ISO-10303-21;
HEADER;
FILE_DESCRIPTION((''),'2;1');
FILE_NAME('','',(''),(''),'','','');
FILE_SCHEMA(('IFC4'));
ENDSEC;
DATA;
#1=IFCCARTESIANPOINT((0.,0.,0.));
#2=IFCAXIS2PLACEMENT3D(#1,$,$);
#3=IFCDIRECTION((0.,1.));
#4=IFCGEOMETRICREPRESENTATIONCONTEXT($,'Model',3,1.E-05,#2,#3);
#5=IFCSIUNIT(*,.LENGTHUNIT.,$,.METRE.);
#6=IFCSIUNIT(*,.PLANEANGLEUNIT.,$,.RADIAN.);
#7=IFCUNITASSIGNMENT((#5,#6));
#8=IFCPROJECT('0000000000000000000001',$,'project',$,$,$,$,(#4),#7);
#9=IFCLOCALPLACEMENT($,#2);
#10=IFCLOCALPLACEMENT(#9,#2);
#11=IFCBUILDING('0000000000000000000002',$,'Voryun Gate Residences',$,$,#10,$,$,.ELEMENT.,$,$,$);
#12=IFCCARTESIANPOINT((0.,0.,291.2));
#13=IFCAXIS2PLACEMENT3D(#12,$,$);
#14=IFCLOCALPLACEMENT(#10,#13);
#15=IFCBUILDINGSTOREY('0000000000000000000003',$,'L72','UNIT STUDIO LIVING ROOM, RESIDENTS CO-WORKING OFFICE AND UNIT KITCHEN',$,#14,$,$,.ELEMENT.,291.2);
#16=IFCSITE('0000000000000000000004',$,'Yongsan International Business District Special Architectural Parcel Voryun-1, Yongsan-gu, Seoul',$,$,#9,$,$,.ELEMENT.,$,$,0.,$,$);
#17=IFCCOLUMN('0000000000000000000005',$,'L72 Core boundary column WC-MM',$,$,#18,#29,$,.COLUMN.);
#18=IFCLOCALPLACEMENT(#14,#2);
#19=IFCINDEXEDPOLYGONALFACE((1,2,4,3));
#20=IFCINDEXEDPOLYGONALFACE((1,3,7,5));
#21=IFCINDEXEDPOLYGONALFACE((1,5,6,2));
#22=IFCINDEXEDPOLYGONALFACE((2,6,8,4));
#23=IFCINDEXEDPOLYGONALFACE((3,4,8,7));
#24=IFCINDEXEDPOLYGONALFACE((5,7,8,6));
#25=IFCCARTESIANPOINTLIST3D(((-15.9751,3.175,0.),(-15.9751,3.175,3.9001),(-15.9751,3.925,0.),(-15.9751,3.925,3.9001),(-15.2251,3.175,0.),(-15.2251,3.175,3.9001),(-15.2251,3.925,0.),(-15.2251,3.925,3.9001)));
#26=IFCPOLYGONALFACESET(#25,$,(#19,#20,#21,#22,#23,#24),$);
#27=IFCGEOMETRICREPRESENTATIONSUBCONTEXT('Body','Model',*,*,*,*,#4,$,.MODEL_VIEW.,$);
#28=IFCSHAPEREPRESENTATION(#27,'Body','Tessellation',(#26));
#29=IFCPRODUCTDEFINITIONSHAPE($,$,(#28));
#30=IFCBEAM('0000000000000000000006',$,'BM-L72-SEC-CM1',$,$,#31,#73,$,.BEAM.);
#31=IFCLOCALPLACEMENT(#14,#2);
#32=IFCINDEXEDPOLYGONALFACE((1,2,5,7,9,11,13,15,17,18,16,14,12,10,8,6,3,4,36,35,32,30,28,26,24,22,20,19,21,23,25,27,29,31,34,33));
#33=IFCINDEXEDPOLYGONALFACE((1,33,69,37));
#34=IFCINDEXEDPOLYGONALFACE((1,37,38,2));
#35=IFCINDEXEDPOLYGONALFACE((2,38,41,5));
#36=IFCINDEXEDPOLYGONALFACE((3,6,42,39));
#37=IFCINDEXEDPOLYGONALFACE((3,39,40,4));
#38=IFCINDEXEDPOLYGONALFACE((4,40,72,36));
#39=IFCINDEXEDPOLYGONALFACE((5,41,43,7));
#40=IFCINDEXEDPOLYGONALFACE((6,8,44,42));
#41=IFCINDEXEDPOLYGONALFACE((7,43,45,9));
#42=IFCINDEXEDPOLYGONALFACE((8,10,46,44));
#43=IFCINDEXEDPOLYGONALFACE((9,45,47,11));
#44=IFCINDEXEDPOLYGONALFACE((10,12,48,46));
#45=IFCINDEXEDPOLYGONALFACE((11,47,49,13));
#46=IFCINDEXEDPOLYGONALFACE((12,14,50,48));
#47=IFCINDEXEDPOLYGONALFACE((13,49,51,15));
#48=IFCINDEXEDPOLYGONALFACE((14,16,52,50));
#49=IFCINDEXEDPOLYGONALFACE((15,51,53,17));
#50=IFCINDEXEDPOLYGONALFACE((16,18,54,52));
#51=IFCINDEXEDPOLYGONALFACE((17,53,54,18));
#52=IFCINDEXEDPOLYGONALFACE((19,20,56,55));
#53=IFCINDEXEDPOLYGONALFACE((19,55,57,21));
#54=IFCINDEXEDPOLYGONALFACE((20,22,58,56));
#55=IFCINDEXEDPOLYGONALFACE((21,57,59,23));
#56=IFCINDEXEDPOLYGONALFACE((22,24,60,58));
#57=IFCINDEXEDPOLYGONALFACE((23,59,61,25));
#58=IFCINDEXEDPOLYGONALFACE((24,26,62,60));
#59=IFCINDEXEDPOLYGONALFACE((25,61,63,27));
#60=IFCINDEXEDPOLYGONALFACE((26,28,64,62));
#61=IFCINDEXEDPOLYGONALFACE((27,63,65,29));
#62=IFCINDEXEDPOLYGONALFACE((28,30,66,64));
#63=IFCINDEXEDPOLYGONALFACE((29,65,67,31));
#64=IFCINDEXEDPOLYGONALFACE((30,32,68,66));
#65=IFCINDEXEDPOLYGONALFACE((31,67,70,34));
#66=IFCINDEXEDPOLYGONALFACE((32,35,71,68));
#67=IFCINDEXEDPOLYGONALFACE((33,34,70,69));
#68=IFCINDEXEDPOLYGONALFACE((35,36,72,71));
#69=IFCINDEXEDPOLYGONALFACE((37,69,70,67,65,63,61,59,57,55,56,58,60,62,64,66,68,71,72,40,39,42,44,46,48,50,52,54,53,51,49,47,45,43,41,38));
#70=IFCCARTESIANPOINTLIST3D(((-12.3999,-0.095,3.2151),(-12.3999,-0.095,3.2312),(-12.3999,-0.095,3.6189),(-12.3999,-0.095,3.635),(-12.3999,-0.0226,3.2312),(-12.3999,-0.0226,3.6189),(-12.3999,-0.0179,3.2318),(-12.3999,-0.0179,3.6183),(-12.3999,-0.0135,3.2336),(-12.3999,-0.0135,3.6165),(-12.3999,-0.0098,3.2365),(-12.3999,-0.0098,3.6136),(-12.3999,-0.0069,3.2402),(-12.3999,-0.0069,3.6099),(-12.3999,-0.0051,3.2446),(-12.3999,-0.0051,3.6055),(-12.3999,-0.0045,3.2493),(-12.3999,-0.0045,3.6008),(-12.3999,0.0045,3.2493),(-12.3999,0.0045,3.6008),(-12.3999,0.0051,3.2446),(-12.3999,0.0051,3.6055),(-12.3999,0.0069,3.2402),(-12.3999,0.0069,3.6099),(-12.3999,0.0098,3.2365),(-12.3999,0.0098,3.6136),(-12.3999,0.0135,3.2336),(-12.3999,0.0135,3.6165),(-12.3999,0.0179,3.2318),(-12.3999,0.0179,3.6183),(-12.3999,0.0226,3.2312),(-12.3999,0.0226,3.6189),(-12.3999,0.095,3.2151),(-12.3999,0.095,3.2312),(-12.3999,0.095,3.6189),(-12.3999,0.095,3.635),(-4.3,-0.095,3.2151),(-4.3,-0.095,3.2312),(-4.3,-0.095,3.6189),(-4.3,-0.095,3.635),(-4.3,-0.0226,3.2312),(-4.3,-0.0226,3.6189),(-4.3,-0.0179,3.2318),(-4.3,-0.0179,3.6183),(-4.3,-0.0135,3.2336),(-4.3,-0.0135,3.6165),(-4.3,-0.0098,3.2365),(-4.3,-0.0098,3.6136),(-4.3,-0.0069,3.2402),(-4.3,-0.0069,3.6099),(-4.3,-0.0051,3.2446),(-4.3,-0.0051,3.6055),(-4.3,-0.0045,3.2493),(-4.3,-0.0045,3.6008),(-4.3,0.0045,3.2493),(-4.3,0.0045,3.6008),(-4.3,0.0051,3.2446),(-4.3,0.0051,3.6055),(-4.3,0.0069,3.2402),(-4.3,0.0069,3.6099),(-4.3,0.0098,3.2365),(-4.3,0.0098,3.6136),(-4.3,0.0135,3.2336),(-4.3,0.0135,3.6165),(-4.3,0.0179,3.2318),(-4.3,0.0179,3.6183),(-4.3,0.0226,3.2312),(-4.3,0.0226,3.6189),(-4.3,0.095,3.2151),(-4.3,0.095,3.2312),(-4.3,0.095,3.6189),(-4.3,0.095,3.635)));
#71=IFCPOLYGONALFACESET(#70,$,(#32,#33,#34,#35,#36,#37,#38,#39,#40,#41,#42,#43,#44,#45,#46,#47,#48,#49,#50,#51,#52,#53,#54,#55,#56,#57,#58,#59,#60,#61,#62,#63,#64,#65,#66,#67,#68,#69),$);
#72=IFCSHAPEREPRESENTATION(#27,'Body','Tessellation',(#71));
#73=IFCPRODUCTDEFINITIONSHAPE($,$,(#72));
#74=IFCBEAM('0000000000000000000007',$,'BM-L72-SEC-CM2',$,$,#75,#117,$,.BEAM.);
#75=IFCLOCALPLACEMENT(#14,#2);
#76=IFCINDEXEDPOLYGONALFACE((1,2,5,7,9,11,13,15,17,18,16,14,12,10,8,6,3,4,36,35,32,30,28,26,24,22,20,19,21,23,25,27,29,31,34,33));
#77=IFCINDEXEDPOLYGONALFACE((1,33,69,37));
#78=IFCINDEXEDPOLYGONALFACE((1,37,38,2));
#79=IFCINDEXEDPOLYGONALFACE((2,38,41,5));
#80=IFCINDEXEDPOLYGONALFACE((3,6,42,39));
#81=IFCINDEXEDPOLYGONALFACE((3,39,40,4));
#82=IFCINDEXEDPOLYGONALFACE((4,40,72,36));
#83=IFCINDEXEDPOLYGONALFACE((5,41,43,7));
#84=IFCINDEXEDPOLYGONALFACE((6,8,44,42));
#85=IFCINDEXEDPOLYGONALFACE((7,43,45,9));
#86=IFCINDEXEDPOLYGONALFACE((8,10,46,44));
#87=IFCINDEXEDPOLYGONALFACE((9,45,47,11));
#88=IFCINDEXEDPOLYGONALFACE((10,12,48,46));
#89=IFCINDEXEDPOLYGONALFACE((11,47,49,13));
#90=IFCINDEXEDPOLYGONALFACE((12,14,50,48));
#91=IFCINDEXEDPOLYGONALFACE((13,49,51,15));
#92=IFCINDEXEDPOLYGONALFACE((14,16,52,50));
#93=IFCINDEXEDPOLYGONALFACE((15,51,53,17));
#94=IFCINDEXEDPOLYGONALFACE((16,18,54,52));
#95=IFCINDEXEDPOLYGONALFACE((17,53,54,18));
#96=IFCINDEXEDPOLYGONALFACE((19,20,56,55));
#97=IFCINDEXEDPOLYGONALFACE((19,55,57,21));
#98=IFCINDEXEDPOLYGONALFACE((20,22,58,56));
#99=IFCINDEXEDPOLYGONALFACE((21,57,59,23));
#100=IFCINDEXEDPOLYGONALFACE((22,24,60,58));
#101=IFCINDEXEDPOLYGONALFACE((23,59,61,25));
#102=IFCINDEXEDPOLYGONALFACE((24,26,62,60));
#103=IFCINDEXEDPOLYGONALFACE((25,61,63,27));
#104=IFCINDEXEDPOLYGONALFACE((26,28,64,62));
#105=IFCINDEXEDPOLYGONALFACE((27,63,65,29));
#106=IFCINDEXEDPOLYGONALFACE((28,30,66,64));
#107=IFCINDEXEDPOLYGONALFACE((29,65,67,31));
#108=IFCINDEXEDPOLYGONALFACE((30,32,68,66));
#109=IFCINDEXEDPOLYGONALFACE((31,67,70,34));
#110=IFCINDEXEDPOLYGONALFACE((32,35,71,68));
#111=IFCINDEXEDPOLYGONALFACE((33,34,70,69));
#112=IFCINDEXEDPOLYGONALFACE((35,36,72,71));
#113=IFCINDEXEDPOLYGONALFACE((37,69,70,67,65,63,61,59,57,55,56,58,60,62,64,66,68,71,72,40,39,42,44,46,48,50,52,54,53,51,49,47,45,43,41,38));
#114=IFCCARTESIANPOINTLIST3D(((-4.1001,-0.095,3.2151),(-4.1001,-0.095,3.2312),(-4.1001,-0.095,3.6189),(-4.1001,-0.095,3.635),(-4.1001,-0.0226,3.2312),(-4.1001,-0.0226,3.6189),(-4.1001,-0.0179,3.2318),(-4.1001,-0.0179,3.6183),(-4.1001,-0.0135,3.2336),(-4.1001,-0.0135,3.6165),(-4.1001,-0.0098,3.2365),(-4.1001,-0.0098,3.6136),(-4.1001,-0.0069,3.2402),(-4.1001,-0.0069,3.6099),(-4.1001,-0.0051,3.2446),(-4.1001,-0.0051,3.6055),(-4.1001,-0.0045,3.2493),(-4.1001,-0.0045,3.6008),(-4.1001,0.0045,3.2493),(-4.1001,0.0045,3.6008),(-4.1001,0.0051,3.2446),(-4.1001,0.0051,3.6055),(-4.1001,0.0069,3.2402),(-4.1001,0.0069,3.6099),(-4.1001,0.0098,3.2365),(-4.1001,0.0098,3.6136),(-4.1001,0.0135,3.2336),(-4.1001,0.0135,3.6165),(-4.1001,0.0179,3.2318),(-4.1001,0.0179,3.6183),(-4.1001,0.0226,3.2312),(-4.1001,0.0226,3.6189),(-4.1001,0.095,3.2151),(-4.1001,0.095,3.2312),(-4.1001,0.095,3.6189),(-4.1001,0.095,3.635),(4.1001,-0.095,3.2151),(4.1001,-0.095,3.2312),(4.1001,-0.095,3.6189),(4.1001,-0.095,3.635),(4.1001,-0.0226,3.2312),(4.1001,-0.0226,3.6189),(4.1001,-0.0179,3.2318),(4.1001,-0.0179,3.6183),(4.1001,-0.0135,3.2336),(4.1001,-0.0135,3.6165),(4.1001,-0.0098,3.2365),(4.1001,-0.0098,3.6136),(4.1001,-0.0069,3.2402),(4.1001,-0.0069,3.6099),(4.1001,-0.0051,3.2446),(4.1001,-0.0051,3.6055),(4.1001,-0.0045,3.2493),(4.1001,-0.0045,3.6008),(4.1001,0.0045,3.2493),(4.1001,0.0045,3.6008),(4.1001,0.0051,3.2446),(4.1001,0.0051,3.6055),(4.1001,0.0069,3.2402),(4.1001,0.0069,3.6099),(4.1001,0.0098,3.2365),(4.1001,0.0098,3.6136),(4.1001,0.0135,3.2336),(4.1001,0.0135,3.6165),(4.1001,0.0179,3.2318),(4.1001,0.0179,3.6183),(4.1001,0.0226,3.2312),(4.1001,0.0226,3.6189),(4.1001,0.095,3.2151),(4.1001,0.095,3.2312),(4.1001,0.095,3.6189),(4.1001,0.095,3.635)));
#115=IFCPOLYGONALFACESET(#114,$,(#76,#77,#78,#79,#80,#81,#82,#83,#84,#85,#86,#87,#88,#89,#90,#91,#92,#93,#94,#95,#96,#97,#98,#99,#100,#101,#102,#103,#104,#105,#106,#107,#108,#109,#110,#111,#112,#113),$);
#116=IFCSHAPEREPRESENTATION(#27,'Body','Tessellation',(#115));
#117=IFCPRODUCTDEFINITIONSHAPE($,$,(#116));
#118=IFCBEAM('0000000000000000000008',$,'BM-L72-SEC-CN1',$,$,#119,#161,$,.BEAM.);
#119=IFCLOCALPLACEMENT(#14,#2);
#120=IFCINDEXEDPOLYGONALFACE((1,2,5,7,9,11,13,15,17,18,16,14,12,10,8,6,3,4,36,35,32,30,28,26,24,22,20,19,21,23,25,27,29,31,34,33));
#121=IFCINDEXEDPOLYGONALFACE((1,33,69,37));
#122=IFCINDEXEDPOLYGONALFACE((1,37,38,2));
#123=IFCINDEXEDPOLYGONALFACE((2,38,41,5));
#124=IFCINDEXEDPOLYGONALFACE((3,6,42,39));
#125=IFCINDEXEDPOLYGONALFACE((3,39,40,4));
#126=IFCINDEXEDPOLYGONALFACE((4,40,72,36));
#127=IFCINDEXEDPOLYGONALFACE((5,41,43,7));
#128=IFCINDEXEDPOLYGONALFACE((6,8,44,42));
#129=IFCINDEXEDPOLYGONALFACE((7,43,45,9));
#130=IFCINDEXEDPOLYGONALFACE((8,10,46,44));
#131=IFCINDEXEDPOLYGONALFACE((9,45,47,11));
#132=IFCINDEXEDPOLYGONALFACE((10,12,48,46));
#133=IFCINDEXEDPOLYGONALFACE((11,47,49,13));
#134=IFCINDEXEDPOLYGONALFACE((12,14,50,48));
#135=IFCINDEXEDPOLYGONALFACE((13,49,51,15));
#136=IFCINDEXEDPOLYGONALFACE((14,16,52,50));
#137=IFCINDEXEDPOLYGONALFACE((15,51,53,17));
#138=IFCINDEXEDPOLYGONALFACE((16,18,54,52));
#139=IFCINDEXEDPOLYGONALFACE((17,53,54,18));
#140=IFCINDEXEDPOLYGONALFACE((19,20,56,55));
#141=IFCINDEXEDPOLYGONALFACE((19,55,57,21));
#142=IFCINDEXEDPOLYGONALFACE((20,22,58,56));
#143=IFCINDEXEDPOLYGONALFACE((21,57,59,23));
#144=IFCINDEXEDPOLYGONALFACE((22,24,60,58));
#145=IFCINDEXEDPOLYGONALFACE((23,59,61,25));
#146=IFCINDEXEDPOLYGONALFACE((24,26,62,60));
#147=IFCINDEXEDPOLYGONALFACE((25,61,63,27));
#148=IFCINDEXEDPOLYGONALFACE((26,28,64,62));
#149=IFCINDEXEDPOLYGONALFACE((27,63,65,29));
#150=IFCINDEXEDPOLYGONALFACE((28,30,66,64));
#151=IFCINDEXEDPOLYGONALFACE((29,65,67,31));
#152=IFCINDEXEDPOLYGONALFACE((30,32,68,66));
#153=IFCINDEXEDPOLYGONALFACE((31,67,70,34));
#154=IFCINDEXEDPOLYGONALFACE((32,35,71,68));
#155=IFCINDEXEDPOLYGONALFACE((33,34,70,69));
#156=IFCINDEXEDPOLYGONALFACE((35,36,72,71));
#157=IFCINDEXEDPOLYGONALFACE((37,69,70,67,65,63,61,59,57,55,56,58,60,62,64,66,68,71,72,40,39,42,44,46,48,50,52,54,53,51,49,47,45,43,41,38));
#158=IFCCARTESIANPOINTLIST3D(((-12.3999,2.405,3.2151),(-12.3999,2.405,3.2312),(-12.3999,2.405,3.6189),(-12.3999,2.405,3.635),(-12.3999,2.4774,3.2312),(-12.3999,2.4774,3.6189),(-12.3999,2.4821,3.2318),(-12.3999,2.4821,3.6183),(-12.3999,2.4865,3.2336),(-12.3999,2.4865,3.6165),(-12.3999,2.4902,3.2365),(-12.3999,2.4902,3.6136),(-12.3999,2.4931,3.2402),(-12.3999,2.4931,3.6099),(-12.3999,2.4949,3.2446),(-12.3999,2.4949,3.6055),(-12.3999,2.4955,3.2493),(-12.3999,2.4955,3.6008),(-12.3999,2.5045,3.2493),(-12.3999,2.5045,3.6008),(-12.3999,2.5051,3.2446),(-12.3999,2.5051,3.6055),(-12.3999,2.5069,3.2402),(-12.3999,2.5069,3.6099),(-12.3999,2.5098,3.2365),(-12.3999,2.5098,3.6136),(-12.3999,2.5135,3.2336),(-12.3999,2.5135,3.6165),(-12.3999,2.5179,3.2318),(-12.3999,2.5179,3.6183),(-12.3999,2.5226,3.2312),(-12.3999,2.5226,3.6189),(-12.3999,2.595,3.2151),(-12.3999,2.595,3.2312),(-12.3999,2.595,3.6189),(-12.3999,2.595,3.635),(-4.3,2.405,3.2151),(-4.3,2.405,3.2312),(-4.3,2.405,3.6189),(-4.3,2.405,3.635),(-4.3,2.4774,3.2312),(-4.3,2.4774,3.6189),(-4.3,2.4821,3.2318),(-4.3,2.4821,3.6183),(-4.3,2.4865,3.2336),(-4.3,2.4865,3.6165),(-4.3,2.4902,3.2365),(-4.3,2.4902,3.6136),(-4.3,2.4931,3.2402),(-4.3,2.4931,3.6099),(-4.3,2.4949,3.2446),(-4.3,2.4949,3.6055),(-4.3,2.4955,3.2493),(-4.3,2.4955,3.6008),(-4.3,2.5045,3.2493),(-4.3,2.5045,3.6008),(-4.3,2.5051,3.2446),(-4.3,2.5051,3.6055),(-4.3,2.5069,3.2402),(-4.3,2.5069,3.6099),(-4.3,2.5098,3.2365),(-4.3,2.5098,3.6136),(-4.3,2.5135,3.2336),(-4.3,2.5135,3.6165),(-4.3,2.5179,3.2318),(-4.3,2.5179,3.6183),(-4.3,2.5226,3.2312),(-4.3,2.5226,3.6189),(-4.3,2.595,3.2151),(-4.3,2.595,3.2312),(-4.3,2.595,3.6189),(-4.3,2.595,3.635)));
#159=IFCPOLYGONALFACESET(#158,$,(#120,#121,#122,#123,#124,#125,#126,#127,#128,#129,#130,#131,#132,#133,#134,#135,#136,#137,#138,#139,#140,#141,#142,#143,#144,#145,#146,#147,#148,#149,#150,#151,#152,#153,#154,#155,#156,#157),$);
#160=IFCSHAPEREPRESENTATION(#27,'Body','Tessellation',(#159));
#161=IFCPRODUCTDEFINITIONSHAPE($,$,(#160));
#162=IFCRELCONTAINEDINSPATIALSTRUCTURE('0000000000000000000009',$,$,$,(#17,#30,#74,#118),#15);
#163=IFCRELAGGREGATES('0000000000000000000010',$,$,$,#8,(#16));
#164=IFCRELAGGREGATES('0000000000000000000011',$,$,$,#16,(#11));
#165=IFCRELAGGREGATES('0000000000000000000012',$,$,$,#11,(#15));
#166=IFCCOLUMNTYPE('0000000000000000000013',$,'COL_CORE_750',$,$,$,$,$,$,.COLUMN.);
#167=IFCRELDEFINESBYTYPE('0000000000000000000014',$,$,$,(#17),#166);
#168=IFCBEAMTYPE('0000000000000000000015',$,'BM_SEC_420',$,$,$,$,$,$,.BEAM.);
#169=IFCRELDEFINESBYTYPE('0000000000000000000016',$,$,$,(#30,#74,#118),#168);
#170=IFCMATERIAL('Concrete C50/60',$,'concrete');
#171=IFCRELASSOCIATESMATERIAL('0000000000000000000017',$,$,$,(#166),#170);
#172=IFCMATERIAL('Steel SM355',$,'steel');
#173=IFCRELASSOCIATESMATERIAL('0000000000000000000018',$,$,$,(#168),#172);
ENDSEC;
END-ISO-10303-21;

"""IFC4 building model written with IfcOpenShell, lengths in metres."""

from ifc_helpers import new_model, si_unit, direction, frame, origin, origin_2d, place, context, subcontext, project, spatial, rectangle, i_section, extrude, material, material_profile, profile_set, type_object, element, save


model = new_model("IFC4")

# Units and contexts
model_context = context("Model", 3, precision=1e-05, world=origin(), true_north=direction((0.0, 1.0)))
body_context = subcontext(model_context, "Body", "Model", "MODEL_VIEW")
ifc_project = project(units=[si_unit("LENGTHUNIT", "METRE"), si_unit("PLANEANGLEUNIT", "RADIAN")], contexts=[model_context])

# Site, building, storey
site_placement = place(None, origin())
site = spatial("IfcSite", under=ifc_project, at=site_placement, Name="Yongsan International Business District Special Architectural Parcel Voryun-1, Yongsan-gu, Seoul", CompositionType="ELEMENT", RefElevation=0.0)
building_placement = place(site_placement, origin())
building = spatial("IfcBuilding", under=site, at=building_placement, Name="Voryun Gate Residences", CompositionType="ELEMENT")
storey_placement = place(building_placement, frame((0.0, 0.0, 291.2)))
storey = spatial("IfcBuildingStorey", under=building, at=storey_placement, Name="L72", Description="UNIT STUDIO LIVING ROOM, RESIDENTS CO-WORKING OFFICE AND UNIT KITCHEN", CompositionType="ELEMENT", Elevation=291.2)

# Column
ifc_material_1 = material(Name="Concrete C50/60", Category="concrete")
ifc_material_profile_1 = material_profile(ifc_material_1, rectangle(XDim=0.75, YDim=0.75, at=origin_2d()), Name="RC-750x750")
ifc_profile_set_1 = profile_set([ifc_material_profile_1], Name="Concrete C50/60")
column_type = type_object("IfcColumnType", Name="COL_CORE_750", PredefinedType="COLUMN", material=ifc_profile_set_1)
column_placement = place(storey_placement, frame((-15.6001, 3.55, 0.0), z_axis=(0.0, 0.0, 1.0), x_axis=(1.0, 0.0, 0.0)))
element("IfcColumn", 1, at=column_placement, inside=storey, type_object=column_type, Name="L72 Core boundary column WC-MM", PredefinedType="COLUMN", context=body_context, shape_type="SweptSolid", body=[
    extrude(rectangle(XDim=0.75, YDim=0.75, at=origin_2d()), origin(), (0.0, 0.0, 1.0), 3.9001),
])

# Beams
ifc_material_2 = material(Name="Steel SM355", Category="steel")
ifc_material_profile_2 = material_profile(ifc_material_2, i_section(OverallWidth=0.1899, OverallDepth=0.4199, WebThickness=0.009, FlangeThickness=0.0161, FilletRadius=0.0181, at=origin_2d()), Name="H-420x190x9x16")
ifc_profile_set_2 = profile_set([ifc_material_profile_2], Name="Steel SM355")
beam_type = type_object("IfcBeamType", Name="BM_SEC_420", PredefinedType="BEAM", material=ifc_profile_set_2)
beam_1_placement = place(storey_placement, frame((-12.3999, 0.0, 3.425), z_axis=(1.0, 0.0, 0.0), x_axis=(0.0, 1.0, 0.0)))
element("IfcBeam", 2, at=beam_1_placement, inside=storey, type_object=beam_type, Name="BM-L72-SEC-CM1", PredefinedType="BEAM", context=body_context, shape_type="SweptSolid", body=[
    extrude(i_section(OverallWidth=0.1899, OverallDepth=0.4199, WebThickness=0.009, FlangeThickness=0.0161, FilletRadius=0.0181, at=origin_2d()), origin(), (0.0, 0.0, 1.0), 8.0999),
])
beam_2_placement = place(storey_placement, frame((-4.1001, 0.0, 3.425), z_axis=(1.0, 0.0, 0.0), x_axis=(0.0, 1.0, 0.0)))
element("IfcBeam", 3, at=beam_2_placement, inside=storey, type_object=beam_type, Name="BM-L72-SEC-CM2", PredefinedType="BEAM", context=body_context, shape_type="SweptSolid", body=[
    extrude(i_section(OverallWidth=0.1899, OverallDepth=0.4199, WebThickness=0.009, FlangeThickness=0.0161, FilletRadius=0.0181, at=origin_2d()), origin(), (0.0, 0.0, 1.0), 8.2002),
])
beam_3_placement = place(storey_placement, frame((-12.3999, 2.5, 3.425), z_axis=(1.0, 0.0, 0.0), x_axis=(0.0, 1.0, 0.0)))
element("IfcBeam", 4, at=beam_3_placement, inside=storey, type_object=beam_type, Name="BM-L72-SEC-CN1", PredefinedType="BEAM", context=body_context, shape_type="SweptSolid", body=[
    extrude(i_section(OverallWidth=0.1899, OverallDepth=0.4199, WebThickness=0.009, FlangeThickness=0.0161, FilletRadius=0.0181, at=origin_2d()), origin(), (0.0, 0.0, 1.0), 8.0999),
])

save(model, "model.ifc")
